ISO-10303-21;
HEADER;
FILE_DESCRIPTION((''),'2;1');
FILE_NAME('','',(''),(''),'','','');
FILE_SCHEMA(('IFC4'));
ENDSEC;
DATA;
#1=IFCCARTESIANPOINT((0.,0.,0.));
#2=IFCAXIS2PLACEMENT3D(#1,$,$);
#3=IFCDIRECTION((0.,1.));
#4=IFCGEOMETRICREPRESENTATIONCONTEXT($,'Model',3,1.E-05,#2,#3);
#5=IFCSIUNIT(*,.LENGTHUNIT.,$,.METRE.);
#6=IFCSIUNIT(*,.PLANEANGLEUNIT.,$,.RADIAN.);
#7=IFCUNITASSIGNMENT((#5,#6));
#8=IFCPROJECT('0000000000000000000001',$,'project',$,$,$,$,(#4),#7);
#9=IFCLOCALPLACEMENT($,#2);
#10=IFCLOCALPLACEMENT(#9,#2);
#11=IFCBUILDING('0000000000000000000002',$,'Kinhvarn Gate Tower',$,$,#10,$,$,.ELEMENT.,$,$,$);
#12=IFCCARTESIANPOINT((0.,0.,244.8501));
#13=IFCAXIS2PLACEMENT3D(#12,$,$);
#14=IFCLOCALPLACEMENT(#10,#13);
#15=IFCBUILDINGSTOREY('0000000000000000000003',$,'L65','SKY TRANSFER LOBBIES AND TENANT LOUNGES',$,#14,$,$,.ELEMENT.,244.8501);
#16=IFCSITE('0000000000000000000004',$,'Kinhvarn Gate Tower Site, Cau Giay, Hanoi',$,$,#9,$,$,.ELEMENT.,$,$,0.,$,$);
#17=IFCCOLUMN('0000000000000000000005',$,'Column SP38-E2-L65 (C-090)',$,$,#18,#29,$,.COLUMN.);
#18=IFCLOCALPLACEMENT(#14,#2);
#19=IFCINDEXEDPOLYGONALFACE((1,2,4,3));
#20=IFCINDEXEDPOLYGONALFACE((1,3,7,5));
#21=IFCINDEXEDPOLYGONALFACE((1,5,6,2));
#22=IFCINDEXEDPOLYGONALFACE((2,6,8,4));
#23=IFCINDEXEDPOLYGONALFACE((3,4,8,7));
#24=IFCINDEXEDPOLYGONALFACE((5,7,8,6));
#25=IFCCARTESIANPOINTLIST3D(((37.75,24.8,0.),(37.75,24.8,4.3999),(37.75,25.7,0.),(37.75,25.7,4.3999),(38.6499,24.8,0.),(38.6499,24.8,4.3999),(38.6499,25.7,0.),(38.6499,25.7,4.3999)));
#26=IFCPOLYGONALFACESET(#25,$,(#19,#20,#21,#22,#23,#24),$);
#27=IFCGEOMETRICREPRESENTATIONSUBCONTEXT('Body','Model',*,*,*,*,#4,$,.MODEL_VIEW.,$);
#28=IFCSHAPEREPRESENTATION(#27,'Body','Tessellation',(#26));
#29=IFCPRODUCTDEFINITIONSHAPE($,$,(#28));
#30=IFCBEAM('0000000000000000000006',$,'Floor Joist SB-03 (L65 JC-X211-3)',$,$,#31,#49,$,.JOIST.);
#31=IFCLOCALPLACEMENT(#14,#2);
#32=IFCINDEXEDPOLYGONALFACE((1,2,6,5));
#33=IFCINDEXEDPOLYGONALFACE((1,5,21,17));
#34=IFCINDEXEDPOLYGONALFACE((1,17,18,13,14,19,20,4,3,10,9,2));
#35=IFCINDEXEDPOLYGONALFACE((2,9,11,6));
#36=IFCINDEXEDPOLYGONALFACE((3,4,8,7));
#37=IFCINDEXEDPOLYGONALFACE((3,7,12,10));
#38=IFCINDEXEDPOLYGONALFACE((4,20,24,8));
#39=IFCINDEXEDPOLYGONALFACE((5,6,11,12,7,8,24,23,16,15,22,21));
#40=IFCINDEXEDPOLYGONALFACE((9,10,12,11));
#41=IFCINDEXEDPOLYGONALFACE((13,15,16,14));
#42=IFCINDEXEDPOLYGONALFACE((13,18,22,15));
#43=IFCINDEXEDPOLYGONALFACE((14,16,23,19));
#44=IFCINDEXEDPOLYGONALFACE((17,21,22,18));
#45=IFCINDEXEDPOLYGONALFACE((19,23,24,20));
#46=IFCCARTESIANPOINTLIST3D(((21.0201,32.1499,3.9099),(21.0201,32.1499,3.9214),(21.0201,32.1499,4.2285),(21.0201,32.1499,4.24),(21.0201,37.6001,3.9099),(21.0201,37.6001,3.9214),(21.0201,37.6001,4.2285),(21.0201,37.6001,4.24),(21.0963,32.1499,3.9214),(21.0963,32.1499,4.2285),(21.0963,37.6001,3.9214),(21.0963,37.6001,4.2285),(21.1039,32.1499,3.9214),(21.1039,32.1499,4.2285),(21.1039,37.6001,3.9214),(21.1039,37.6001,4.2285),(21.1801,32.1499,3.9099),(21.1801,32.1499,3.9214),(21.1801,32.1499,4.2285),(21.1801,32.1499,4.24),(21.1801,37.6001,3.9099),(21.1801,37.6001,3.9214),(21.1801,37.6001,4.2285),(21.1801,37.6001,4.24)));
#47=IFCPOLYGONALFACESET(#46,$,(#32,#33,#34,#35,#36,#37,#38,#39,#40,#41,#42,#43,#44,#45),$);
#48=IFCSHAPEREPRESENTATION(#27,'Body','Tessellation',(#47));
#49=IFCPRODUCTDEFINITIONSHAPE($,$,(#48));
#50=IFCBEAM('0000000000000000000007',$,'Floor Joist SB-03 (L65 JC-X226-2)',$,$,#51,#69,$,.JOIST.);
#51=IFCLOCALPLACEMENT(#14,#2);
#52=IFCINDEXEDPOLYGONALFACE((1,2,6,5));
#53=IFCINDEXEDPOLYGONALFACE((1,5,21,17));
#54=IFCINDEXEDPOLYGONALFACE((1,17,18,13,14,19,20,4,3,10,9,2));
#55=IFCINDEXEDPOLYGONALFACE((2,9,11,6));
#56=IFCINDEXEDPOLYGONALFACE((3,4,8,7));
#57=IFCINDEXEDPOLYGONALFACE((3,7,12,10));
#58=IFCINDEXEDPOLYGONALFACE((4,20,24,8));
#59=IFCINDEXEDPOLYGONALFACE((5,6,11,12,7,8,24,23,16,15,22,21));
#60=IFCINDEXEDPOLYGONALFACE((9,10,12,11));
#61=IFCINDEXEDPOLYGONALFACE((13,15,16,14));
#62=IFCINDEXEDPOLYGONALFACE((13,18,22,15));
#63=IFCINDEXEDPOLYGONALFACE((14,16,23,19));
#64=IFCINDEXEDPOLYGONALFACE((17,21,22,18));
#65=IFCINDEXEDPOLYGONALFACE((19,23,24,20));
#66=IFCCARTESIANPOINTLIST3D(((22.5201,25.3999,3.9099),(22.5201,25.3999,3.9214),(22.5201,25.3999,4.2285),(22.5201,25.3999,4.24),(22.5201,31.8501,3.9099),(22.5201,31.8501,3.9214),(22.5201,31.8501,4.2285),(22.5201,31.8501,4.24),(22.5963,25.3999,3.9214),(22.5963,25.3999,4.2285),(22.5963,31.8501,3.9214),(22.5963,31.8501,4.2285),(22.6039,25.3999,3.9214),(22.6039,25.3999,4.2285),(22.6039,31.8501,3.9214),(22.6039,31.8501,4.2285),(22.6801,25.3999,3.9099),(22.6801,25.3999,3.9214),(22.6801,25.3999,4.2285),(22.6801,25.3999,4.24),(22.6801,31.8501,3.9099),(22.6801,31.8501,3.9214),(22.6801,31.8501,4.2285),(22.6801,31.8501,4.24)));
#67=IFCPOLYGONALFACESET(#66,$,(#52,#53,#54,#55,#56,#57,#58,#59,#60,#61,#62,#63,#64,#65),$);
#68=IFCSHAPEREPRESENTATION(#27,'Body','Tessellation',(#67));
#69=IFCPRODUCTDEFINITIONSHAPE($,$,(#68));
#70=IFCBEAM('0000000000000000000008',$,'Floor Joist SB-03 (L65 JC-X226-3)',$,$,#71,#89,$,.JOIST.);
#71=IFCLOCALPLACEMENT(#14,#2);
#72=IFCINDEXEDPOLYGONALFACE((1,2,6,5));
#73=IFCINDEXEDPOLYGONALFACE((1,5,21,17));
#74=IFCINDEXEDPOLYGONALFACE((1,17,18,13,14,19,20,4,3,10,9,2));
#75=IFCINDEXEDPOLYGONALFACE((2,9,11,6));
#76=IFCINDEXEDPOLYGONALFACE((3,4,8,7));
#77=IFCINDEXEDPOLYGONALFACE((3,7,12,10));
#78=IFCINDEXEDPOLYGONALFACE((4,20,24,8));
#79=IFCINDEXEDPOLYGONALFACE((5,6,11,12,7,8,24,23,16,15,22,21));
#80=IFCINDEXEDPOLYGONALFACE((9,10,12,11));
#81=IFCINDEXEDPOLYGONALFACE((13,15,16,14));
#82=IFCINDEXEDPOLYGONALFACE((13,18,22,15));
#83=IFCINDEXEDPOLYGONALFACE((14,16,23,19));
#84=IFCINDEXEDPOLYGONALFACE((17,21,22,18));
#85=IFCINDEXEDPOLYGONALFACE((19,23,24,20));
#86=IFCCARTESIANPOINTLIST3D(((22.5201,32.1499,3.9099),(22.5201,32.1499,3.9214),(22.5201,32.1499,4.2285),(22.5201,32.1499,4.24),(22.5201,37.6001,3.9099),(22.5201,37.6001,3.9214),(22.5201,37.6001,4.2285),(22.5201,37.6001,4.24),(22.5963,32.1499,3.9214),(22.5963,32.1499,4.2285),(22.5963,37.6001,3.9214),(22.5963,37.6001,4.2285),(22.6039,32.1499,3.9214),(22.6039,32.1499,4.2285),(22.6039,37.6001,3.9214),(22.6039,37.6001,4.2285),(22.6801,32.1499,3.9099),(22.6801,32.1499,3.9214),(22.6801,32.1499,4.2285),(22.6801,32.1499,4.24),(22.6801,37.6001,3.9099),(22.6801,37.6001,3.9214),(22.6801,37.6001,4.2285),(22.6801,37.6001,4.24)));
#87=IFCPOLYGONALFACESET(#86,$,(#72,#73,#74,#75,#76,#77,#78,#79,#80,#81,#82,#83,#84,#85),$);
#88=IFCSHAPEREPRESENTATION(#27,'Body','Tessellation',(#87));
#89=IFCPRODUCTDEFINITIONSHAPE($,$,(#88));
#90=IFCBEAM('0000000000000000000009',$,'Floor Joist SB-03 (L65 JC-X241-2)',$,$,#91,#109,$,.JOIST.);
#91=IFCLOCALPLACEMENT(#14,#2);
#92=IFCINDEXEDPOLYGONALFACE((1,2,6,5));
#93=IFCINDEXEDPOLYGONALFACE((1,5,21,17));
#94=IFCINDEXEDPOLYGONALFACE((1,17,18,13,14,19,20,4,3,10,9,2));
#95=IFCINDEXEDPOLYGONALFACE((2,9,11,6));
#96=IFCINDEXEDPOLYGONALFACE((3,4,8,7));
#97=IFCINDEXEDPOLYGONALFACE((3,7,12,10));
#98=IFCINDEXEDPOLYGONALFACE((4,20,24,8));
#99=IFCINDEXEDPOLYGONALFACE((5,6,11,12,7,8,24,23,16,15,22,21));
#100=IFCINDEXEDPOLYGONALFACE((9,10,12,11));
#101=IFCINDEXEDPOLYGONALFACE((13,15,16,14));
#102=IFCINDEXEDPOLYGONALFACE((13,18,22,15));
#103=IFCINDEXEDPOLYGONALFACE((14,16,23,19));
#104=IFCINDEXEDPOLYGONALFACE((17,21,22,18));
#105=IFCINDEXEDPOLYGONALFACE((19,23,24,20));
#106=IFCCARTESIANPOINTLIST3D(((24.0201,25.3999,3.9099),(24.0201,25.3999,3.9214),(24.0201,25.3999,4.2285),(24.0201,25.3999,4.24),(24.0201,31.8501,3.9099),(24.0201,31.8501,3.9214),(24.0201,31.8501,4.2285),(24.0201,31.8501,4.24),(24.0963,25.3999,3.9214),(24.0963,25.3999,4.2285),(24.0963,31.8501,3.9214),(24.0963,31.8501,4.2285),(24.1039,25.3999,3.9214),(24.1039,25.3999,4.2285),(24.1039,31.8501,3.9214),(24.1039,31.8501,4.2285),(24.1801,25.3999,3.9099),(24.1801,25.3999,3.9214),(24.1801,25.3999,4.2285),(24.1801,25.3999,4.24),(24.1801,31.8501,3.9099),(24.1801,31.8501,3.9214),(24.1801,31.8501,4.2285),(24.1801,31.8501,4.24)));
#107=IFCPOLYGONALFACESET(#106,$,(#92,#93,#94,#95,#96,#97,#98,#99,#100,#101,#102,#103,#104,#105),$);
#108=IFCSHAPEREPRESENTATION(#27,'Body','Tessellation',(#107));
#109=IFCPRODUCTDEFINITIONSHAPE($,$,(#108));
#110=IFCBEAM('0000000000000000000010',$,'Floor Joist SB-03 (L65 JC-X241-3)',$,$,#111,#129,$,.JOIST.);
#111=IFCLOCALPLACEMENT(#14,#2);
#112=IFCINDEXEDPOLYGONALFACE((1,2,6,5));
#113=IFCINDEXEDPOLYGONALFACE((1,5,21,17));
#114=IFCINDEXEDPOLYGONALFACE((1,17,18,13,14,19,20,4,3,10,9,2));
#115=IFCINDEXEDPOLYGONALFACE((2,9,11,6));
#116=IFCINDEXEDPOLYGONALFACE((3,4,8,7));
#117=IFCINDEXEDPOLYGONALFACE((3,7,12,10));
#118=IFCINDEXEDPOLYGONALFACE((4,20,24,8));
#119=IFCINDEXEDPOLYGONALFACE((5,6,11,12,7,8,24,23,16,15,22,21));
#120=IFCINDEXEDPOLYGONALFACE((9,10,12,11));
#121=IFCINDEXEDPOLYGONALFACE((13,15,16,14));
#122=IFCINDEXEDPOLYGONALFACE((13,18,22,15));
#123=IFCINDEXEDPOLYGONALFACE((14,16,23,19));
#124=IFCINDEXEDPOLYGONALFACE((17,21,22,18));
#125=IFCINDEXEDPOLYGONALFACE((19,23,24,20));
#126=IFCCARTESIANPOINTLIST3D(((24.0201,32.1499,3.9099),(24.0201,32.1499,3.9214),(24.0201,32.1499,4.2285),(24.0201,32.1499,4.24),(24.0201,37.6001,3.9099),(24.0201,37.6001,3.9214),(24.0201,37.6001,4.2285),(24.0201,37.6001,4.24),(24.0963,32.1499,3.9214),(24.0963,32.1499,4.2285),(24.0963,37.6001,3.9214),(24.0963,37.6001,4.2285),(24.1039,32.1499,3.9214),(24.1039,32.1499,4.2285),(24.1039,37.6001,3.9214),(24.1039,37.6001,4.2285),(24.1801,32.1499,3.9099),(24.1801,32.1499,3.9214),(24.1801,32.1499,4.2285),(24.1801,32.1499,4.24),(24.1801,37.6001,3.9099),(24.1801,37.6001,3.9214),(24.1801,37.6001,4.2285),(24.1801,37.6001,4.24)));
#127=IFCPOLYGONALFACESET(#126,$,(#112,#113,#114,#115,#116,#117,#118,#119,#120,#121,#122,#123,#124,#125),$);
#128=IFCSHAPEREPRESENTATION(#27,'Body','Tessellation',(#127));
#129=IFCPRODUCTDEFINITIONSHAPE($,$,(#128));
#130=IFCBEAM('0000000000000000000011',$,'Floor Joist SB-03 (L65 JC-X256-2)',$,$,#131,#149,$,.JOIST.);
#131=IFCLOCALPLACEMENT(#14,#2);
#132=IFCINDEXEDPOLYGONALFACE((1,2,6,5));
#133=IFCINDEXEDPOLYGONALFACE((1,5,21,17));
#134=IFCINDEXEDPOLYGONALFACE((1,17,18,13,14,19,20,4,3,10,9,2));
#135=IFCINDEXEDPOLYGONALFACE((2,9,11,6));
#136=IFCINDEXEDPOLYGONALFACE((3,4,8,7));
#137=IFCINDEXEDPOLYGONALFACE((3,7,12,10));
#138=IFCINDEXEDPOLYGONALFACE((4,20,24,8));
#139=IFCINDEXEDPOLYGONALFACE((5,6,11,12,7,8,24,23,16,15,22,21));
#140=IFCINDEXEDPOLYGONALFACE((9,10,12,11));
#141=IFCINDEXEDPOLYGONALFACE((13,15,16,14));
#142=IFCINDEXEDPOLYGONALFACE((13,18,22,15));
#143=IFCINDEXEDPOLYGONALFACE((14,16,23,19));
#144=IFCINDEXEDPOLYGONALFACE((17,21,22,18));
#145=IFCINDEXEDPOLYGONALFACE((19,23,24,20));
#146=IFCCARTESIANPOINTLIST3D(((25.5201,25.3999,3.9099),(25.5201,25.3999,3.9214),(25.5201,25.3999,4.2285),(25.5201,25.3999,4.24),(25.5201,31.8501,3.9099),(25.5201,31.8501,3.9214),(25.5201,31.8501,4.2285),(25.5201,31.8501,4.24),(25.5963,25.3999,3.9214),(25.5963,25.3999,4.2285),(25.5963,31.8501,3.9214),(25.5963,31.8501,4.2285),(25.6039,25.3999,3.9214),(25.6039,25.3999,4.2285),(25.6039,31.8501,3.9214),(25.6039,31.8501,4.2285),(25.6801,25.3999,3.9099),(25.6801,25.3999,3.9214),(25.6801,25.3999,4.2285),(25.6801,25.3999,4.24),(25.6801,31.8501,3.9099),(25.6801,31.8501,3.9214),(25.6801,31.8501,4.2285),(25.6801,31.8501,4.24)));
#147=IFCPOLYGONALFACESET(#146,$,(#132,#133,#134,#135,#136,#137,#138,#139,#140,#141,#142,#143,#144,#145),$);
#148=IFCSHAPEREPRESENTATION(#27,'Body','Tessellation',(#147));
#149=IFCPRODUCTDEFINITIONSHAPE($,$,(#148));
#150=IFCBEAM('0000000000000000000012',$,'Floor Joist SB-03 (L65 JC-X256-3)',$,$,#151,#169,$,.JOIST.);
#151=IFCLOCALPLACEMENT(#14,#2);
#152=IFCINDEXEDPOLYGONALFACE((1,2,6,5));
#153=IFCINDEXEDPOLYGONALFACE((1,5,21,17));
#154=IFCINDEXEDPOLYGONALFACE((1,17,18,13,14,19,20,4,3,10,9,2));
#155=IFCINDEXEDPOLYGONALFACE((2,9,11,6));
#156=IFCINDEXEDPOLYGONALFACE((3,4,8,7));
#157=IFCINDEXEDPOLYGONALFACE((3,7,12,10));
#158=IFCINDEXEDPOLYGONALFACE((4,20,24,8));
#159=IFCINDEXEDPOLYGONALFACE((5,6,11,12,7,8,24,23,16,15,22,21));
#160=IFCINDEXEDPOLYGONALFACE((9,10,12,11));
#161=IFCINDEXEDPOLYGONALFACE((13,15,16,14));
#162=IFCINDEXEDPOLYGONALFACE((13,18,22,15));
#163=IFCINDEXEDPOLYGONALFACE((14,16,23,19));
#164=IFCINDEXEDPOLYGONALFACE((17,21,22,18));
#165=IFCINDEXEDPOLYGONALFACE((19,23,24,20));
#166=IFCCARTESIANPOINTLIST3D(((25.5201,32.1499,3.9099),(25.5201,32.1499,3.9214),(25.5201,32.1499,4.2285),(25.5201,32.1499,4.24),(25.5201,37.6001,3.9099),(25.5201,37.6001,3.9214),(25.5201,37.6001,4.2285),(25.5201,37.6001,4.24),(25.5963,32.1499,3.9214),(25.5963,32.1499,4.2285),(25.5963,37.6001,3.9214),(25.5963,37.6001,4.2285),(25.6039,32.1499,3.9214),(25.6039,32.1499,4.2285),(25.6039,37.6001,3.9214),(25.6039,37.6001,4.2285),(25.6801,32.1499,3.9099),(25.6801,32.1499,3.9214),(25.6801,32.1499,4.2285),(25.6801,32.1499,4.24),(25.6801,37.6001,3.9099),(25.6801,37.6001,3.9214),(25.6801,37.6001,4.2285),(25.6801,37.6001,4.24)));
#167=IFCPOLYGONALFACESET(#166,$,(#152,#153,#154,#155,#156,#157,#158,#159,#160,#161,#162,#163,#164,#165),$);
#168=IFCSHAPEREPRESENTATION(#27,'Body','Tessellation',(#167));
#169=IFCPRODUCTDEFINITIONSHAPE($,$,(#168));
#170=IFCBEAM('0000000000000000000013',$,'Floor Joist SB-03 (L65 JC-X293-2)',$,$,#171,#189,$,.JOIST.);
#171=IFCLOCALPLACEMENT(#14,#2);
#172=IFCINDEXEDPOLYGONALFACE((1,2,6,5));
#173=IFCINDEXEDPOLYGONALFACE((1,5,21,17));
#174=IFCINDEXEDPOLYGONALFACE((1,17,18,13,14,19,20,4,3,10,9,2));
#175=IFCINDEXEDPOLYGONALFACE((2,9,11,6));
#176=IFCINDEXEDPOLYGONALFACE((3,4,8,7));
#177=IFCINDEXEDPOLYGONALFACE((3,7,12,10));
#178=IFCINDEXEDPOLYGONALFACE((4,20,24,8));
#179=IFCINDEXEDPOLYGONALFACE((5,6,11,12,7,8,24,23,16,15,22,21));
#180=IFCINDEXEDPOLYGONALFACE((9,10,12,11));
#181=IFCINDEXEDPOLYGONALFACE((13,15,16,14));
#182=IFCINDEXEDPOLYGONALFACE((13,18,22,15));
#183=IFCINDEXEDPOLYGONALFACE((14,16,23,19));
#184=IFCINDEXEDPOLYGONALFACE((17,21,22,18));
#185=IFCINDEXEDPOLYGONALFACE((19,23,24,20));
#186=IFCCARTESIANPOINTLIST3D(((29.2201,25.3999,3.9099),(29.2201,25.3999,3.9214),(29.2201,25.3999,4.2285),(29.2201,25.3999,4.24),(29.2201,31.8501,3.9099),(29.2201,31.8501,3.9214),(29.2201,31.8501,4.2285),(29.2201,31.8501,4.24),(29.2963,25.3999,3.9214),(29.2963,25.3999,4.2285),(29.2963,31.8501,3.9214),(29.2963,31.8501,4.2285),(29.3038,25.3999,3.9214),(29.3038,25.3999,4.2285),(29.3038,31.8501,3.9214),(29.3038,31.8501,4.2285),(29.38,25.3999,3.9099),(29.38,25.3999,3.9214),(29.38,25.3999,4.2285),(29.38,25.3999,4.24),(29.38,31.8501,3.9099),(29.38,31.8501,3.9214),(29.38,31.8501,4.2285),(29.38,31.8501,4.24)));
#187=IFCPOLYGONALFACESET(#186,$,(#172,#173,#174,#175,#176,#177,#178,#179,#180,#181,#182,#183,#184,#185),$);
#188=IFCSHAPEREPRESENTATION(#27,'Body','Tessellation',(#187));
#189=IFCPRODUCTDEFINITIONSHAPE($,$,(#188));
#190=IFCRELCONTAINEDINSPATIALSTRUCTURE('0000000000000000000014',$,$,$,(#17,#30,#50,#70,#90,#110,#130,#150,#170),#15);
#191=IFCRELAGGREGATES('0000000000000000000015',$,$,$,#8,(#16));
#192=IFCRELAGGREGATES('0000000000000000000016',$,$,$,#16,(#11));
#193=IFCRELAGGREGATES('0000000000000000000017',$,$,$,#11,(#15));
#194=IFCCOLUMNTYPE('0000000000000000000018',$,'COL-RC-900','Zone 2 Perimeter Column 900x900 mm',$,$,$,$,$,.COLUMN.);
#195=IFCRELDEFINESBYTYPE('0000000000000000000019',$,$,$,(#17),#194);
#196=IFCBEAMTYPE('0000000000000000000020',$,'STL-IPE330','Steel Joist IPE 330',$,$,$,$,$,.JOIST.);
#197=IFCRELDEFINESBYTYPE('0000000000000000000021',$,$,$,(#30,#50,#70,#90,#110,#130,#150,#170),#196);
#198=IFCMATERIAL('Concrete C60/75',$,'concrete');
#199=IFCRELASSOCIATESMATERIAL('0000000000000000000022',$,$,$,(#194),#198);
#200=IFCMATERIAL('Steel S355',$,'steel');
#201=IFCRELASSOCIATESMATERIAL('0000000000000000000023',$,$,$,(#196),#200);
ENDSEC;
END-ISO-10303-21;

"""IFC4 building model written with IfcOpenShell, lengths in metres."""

from ifc_helpers import new_model, si_unit, direction, frame, origin, origin_2d, place, context, subcontext, project, spatial, rectangle, i_section, extrude, material, material_profile, profile_set, type_object, element, save


model = new_model("IFC4")

# Units and contexts
model_context = context("Model", 3, precision=1e-05, world=origin(), true_north=direction((0.0, 1.0)))
body_context = subcontext(model_context, "Body", "Model", "MODEL_VIEW")
ifc_project = project(units=[si_unit("LENGTHUNIT", "METRE"), si_unit("PLANEANGLEUNIT", "RADIAN")], contexts=[model_context])

# Site, building, storey
site_placement = place(None, origin())
site = spatial("IfcSite", under=ifc_project, at=site_placement, Name="Kinhvarn Gate Tower Site, Cau Giay, Hanoi", CompositionType="ELEMENT", RefElevation=0.0)
building_placement = place(site_placement, origin())
building = spatial("IfcBuilding", under=site, at=building_placement, Name="Kinhvarn Gate Tower", CompositionType="ELEMENT")
storey_placement = place(building_placement, frame((0.0, 0.0, 244.8501)))
storey = spatial("IfcBuildingStorey", under=building, at=storey_placement, Name="L65", Description="SKY TRANSFER LOBBIES AND TENANT LOUNGES", CompositionType="ELEMENT", Elevation=244.8501)

# Column
ifc_material_1 = material(Name="Concrete C60/75", Category="concrete")
ifc_material_profile_1 = material_profile(ifc_material_1, rectangle(XDim=0.8999, YDim=0.8999, at=origin_2d()), Name="RC 900x900")
ifc_profile_set_1 = profile_set([ifc_material_profile_1], Name="Concrete C60/75")
column_type = type_object("IfcColumnType", Name="COL-RC-900", Description="Zone 2 Perimeter Column 900x900 mm", PredefinedType="COLUMN", material=ifc_profile_set_1)
column_placement = place(storey_placement, frame((38.2, 25.25, 0.0), z_axis=(0.0, 0.0, 1.0), x_axis=(1.0, 0.0, 0.0)))
element("IfcColumn", 1, at=column_placement, inside=storey, type_object=column_type, Name="Column SP38-E2-L65 (C-090)", PredefinedType="COLUMN", context=body_context, shape_type="SweptSolid", body=[
    extrude(rectangle(XDim=0.8999, YDim=0.8999, at=origin_2d()), origin(), (0.0, 0.0, 1.0), 4.3999),
])

# Beams
ifc_material_2 = material(Name="Steel S355", Category="steel")
ifc_material_profile_2 = material_profile(ifc_material_2, i_section(OverallWidth=0.1599, OverallDepth=0.3301, WebThickness=0.0076, FlangeThickness=0.0115, at=origin_2d()), Name="IPE 330")
ifc_profile_set_2 = profile_set([ifc_material_profile_2], Name="Steel S355")
beam_type = type_object("IfcBeamType", Name="STL-IPE330", Description="Steel Joist IPE 330", PredefinedType="JOIST", material=ifc_profile_set_2)
beam_1_placement = place(storey_placement, frame((21.1001, 32.1499, 4.075), z_axis=(0.0, 1.0, 0.0), x_axis=(-1.0, 0.0, 0.0)))
element("IfcBeam", 2, at=beam_1_placement, inside=storey, type_object=beam_type, Name="Floor Joist SB-03 (L65 JC-X211-3)", PredefinedType="JOIST", context=body_context, shape_type="SweptSolid", body=[
    extrude(i_section(OverallWidth=0.1599, OverallDepth=0.3301, WebThickness=0.0076, FlangeThickness=0.0115, at=origin_2d()), origin(), (0.0, 0.0, 1.0), 5.4502),
])
beam_2_placement = place(storey_placement, frame((22.6001, 25.3999, 4.075), z_axis=(0.0, 1.0, 0.0), x_axis=(-1.0, 0.0, 0.0)))
element("IfcBeam", 3, at=beam_2_placement, inside=storey, type_object=beam_type, Name="Floor Joist SB-03 (L65 JC-X226-2)", PredefinedType="JOIST", context=body_context, shape_type="SweptSolid", body=[
    extrude(i_section(OverallWidth=0.1599, OverallDepth=0.3301, WebThickness=0.0076, FlangeThickness=0.0115, at=origin_2d()), origin(), (0.0, 0.0, 1.0), 6.4502),
])
beam_3_placement = place(storey_placement, frame((22.6001, 32.1499, 4.075), z_axis=(0.0, 1.0, 0.0), x_axis=(-1.0, 0.0, 0.0)))
element("IfcBeam", 4, at=beam_3_placement, inside=storey, type_object=beam_type, Name="Floor Joist SB-03 (L65 JC-X226-3)", PredefinedType="JOIST", context=body_context, shape_type="SweptSolid", body=[
    extrude(i_section(OverallWidth=0.1599, OverallDepth=0.3301, WebThickness=0.0076, FlangeThickness=0.0115, at=origin_2d()), origin(), (0.0, 0.0, 1.0), 5.4502),
])
beam_4_placement = place(storey_placement, frame((24.1001, 25.3999, 4.075), z_axis=(0.0, 1.0, 0.0), x_axis=(-1.0, 0.0, 0.0)))
element("IfcBeam", 5, at=beam_4_placement, inside=storey, type_object=beam_type, Name="Floor Joist SB-03 (L65 JC-X241-2)", PredefinedType="JOIST", context=body_context, shape_type="SweptSolid", body=[
    extrude(i_section(OverallWidth=0.1599, OverallDepth=0.3301, WebThickness=0.0076, FlangeThickness=0.0115, at=origin_2d()), origin(), (0.0, 0.0, 1.0), 6.4502),
])
beam_5_placement = place(storey_placement, frame((24.1001, 32.1499, 4.075), z_axis=(0.0, 1.0, 0.0), x_axis=(-1.0, 0.0, 0.0)))
element("IfcBeam", 6, at=beam_5_placement, inside=storey, type_object=beam_type, Name="Floor Joist SB-03 (L65 JC-X241-3)", PredefinedType="JOIST", context=body_context, shape_type="SweptSolid", body=[
    extrude(i_section(OverallWidth=0.1599, OverallDepth=0.3301, WebThickness=0.0076, FlangeThickness=0.0115, at=origin_2d()), origin(), (0.0, 0.0, 1.0), 5.4502),
])
beam_6_placement = place(storey_placement, frame((25.6001, 25.3999, 4.075), z_axis=(0.0, 1.0, 0.0), x_axis=(-1.0, 0.0, 0.0)))
element("IfcBeam", 7, at=beam_6_placement, inside=storey, type_object=beam_type, Name="Floor Joist SB-03 (L65 JC-X256-2)", PredefinedType="JOIST", context=body_context, shape_type="SweptSolid", body=[
    extrude(i_section(OverallWidth=0.1599, OverallDepth=0.3301, WebThickness=0.0076, FlangeThickness=0.0115, at=origin_2d()), origin(), (0.0, 0.0, 1.0), 6.4502),
])
beam_7_placement = place(storey_placement, frame((25.6001, 32.1499, 4.075), z_axis=(0.0, 1.0, 0.0), x_axis=(-1.0, 0.0, 0.0)))
element("IfcBeam", 8, at=beam_7_placement, inside=storey, type_object=beam_type, Name="Floor Joist SB-03 (L65 JC-X256-3)", PredefinedType="JOIST", context=body_context, shape_type="SweptSolid", body=[
    extrude(i_section(OverallWidth=0.1599, OverallDepth=0.3301, WebThickness=0.0076, FlangeThickness=0.0115, at=origin_2d()), origin(), (0.0, 0.0, 1.0), 5.4502),
])
beam_8_placement = place(storey_placement, frame((29.3, 25.3999, 4.075), z_axis=(0.0, 1.0, 0.0), x_axis=(-1.0, 0.0, 0.0)))
element("IfcBeam", 9, at=beam_8_placement, inside=storey, type_object=beam_type, Name="Floor Joist SB-03 (L65 JC-X293-2)", PredefinedType="JOIST", context=body_context, shape_type="SweptSolid", body=[
    extrude(i_section(OverallWidth=0.1599, OverallDepth=0.3301, WebThickness=0.0076, FlangeThickness=0.0115, at=origin_2d()), origin(), (0.0, 0.0, 1.0), 6.4502),
])

save(model, "model.ifc")
